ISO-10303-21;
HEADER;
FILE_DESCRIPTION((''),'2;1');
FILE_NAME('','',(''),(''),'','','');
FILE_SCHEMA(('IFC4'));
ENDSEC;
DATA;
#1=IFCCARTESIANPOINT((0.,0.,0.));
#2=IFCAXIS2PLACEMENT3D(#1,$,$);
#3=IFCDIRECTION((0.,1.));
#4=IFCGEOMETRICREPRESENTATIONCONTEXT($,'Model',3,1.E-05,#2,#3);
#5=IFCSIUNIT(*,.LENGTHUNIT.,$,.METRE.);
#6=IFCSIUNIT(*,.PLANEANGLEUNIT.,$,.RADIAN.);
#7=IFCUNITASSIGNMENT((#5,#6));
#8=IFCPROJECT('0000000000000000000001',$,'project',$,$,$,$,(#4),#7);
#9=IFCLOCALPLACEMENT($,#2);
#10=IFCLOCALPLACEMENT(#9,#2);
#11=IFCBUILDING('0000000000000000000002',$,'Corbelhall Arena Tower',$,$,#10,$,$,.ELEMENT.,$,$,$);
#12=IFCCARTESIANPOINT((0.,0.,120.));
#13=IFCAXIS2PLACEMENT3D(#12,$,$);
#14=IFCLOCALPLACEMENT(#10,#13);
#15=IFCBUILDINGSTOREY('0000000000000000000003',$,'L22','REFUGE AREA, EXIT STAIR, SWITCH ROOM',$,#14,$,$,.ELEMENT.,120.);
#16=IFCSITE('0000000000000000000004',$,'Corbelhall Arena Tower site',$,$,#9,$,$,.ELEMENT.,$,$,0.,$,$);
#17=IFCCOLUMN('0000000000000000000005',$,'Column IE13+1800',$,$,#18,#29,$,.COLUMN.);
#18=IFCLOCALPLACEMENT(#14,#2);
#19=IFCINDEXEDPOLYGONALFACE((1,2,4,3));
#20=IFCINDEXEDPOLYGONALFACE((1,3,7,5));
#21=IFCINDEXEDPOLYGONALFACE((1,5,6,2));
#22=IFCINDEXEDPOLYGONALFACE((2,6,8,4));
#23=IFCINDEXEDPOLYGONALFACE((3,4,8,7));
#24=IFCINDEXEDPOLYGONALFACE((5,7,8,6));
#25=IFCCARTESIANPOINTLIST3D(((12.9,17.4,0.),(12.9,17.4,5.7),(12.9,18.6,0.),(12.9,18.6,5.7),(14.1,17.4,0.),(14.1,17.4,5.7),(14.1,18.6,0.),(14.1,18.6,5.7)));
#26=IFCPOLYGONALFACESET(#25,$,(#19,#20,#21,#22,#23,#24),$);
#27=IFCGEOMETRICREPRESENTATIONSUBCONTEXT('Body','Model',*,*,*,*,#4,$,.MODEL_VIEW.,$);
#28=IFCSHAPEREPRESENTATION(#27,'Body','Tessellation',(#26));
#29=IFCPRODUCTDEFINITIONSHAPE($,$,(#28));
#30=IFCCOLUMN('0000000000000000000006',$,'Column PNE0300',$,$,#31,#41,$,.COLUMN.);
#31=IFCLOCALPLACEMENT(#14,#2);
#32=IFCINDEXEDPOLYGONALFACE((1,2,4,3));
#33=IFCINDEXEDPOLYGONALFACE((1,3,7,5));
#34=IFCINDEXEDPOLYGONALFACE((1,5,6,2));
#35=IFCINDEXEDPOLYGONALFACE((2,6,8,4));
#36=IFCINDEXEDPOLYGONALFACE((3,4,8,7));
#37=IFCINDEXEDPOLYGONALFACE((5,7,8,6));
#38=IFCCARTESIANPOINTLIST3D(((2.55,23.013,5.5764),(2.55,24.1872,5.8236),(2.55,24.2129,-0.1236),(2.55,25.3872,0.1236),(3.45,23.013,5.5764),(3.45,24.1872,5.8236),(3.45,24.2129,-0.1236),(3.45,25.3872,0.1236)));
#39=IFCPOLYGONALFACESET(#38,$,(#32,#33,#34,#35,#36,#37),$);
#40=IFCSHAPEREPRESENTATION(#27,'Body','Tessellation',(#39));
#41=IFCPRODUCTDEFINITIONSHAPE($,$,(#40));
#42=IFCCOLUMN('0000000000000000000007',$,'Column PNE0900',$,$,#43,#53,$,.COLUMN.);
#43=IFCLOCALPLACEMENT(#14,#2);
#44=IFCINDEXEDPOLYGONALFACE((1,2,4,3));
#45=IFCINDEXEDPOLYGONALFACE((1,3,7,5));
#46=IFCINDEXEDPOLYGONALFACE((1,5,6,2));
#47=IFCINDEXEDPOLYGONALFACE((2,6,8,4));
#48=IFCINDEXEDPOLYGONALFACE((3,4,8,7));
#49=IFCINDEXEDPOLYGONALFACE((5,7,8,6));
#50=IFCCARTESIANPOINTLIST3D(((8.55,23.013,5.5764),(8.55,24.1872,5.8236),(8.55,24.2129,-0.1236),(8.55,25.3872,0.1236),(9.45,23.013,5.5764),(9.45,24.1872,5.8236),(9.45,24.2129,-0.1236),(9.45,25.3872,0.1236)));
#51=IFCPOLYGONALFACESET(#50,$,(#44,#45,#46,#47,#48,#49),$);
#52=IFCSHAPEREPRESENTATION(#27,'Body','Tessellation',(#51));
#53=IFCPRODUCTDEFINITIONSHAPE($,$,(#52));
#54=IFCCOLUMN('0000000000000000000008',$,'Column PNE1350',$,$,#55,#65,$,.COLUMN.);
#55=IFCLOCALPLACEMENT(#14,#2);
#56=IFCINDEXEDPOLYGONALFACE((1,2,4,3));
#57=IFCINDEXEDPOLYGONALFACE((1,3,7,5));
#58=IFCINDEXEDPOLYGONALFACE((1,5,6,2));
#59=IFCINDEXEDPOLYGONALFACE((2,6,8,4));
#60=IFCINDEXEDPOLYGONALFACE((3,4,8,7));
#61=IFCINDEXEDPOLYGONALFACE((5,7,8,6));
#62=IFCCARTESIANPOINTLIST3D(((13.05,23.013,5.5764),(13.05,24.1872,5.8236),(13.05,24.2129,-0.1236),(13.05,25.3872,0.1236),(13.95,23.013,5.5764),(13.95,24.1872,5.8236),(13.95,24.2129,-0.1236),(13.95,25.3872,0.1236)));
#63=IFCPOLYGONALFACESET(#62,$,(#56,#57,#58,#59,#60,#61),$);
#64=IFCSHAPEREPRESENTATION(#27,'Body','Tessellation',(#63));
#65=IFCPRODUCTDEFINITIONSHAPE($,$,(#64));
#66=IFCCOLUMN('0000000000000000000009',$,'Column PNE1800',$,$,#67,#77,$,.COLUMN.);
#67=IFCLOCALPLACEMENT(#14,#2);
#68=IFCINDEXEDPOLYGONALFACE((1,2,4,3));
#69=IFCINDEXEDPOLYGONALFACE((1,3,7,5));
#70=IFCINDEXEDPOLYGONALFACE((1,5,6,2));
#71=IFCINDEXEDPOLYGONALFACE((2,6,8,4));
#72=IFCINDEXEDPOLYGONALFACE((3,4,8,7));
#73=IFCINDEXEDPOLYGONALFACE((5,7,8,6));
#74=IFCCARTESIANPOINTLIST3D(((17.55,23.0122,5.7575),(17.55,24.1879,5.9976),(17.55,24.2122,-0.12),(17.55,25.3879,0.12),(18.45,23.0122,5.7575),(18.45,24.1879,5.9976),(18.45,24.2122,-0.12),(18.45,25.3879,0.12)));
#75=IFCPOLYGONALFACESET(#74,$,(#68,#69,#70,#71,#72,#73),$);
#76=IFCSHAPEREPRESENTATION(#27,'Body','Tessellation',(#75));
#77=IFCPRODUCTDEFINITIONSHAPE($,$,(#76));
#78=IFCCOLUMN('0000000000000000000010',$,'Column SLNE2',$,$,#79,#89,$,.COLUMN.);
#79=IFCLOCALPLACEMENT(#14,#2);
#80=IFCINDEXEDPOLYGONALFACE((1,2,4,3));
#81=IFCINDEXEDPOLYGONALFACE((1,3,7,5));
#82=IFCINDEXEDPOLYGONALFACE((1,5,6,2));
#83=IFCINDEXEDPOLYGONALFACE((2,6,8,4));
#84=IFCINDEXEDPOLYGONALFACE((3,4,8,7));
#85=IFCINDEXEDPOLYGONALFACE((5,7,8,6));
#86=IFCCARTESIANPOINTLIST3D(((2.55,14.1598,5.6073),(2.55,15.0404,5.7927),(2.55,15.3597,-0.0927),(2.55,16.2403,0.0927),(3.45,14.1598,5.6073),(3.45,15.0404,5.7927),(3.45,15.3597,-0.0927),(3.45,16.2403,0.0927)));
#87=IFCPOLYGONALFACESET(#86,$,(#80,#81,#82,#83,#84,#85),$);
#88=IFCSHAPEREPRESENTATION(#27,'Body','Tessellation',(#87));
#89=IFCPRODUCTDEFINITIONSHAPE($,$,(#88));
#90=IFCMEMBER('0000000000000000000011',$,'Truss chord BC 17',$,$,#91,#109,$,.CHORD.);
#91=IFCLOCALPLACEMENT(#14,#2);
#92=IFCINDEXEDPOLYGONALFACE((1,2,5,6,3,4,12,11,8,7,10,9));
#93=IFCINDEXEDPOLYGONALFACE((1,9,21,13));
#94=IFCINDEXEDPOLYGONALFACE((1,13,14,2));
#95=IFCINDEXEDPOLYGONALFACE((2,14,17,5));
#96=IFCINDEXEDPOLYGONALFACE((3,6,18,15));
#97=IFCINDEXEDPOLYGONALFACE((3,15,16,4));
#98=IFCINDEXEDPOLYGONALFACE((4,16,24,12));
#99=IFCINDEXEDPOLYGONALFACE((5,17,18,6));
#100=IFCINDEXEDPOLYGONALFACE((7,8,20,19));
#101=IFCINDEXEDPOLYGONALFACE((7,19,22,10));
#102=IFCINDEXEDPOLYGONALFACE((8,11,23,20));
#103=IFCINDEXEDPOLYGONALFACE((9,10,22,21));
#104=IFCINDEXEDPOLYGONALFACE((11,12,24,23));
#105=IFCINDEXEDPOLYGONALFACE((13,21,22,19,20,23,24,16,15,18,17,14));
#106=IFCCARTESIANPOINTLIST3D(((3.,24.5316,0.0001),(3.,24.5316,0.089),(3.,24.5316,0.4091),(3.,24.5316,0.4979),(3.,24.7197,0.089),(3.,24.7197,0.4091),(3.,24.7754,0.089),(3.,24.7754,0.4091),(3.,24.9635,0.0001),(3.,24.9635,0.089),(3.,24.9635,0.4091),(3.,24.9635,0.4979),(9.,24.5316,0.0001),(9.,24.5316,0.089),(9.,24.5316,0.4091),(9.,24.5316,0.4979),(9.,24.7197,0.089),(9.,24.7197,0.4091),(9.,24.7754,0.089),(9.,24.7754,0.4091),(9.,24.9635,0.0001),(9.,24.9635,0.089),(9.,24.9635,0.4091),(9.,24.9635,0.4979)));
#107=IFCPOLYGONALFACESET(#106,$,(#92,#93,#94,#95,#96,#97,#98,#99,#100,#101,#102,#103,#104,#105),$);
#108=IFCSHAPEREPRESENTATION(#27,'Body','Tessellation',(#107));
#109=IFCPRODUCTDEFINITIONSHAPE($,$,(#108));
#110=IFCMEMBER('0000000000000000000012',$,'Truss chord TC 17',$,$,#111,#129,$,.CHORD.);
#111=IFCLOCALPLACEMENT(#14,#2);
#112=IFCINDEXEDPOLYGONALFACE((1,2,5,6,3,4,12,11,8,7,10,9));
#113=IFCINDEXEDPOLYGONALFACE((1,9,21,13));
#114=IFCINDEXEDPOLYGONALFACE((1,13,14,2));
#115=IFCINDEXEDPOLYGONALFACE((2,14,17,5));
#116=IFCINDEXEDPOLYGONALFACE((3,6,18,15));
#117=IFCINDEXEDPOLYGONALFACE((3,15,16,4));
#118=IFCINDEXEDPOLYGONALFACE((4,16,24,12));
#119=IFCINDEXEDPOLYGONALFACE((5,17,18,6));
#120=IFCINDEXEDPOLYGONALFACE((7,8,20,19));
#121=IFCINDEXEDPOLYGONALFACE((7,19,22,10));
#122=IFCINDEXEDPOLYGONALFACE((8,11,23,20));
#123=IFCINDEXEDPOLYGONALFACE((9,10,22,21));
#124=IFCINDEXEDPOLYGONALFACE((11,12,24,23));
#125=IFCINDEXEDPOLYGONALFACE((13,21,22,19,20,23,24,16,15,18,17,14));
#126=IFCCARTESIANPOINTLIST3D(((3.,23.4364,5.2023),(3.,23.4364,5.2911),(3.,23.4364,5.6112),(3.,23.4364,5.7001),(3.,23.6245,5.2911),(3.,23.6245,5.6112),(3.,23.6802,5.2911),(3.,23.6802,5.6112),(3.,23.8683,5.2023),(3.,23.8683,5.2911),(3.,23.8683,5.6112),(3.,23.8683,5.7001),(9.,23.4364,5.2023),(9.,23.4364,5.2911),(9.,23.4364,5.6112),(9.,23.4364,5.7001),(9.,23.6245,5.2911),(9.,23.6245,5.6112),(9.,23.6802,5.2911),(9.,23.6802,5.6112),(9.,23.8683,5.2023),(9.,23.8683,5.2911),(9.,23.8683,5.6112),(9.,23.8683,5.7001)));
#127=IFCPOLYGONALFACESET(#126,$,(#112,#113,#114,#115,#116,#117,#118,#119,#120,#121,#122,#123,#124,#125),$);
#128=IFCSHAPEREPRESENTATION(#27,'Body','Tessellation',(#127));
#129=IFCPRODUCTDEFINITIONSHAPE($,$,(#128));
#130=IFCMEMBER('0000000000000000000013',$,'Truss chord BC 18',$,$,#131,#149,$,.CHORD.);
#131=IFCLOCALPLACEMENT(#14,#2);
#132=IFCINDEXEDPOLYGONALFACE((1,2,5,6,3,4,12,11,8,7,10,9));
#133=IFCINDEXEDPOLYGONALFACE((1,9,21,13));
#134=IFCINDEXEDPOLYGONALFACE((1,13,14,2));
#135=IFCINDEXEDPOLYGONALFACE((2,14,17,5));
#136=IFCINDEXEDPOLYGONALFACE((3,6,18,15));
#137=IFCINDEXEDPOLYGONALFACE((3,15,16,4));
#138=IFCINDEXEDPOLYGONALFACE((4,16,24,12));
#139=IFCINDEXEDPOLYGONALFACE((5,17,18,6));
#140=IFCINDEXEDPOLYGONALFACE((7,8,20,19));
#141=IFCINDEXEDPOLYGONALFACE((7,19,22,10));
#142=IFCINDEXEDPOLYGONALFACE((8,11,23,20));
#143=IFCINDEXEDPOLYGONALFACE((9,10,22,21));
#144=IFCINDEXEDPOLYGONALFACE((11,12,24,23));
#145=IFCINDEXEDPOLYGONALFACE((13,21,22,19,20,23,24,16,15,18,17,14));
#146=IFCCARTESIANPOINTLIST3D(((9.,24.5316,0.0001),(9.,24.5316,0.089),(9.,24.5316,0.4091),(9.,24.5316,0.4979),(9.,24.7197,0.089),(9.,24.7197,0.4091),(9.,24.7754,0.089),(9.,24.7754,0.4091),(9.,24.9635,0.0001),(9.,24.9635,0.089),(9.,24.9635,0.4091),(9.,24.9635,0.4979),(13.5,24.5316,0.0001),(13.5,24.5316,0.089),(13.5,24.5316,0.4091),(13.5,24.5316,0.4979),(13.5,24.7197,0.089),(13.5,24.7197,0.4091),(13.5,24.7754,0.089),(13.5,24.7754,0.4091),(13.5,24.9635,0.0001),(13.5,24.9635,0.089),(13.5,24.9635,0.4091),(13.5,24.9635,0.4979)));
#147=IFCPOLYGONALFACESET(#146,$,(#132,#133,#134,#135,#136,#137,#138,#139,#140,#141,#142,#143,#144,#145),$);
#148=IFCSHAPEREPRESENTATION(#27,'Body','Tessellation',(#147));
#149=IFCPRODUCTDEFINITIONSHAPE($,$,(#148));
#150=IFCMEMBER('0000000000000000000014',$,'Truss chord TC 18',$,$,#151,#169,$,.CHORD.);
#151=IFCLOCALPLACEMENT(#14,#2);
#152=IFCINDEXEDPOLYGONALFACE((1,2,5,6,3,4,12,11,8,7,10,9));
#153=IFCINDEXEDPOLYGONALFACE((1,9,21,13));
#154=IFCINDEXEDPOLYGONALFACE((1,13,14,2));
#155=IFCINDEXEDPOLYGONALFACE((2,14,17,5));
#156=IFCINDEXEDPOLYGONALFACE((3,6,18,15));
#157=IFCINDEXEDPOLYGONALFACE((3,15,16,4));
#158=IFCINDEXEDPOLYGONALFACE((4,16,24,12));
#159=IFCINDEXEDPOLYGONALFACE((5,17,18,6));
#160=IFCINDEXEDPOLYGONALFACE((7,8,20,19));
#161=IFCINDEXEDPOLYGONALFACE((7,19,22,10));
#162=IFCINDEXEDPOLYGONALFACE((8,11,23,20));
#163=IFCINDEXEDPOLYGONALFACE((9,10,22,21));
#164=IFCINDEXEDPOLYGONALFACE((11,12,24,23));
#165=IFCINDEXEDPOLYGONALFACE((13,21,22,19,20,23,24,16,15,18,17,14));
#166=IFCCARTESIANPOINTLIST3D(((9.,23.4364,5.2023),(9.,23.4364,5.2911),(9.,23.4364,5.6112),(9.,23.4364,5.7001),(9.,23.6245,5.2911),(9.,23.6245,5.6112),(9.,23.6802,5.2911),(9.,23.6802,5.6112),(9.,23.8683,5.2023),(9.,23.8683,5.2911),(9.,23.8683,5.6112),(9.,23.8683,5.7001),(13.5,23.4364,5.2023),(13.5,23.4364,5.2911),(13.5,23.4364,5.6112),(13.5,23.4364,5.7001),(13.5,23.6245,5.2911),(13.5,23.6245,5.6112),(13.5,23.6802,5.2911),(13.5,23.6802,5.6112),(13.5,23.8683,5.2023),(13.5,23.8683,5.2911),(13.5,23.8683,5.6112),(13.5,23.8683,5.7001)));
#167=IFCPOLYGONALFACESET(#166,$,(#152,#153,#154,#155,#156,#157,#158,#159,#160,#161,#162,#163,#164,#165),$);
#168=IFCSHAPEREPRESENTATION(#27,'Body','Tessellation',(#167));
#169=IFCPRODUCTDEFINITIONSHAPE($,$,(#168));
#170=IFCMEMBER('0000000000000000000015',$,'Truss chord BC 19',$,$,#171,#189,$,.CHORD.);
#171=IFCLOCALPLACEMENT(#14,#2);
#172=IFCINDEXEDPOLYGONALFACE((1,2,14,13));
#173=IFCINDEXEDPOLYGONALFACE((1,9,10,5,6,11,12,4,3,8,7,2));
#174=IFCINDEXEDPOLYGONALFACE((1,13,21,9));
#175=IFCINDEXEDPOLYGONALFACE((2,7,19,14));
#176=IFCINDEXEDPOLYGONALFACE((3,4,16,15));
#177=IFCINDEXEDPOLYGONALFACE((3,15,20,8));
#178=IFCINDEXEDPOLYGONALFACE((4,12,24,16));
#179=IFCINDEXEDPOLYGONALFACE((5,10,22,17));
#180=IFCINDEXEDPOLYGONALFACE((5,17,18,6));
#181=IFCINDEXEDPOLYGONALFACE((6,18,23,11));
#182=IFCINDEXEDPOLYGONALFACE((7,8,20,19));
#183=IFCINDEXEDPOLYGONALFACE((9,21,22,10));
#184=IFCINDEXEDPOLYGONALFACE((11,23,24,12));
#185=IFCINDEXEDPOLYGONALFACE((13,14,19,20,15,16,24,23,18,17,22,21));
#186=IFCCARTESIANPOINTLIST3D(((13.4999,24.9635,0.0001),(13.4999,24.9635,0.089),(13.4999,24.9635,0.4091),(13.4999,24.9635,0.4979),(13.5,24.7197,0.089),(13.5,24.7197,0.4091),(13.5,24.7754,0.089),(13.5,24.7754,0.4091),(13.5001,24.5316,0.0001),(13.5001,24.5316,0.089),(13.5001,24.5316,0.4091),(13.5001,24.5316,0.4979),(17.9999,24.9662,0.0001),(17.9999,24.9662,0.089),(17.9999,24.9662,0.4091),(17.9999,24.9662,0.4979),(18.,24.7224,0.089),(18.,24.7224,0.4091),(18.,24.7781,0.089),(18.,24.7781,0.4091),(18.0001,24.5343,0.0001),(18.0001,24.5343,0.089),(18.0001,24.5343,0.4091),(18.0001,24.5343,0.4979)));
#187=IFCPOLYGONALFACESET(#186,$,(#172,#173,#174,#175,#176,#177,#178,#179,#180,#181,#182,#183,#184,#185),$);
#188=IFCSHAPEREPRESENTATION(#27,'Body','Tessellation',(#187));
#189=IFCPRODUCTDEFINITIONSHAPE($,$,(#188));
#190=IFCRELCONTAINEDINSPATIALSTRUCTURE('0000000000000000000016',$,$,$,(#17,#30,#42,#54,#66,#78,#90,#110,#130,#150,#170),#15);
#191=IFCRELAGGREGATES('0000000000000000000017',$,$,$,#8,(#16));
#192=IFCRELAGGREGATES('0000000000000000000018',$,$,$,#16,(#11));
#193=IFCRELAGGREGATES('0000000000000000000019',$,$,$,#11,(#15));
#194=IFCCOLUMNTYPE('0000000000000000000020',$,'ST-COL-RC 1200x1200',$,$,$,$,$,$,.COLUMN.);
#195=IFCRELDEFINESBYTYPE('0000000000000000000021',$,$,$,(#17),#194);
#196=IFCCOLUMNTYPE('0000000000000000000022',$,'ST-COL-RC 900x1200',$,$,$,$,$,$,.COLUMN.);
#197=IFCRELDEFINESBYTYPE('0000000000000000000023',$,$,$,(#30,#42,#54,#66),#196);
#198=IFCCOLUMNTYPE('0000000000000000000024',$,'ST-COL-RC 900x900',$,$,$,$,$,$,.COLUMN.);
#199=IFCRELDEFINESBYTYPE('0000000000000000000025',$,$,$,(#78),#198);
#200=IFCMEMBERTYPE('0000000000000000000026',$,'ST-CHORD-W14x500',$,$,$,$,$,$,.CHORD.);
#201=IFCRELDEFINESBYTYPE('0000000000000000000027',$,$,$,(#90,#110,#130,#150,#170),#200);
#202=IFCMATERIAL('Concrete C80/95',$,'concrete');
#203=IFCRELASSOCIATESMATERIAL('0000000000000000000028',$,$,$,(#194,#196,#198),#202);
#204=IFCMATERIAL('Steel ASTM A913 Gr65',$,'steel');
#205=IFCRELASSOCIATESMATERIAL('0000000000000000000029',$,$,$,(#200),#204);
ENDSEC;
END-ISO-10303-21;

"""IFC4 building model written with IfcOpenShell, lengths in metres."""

from ifc_helpers import new_model, si_unit, direction, frame, origin, origin_2d, place, context, subcontext, project, spatial, rectangle, i_section, extrude, material, material_profile, profile_set, type_object, element, save


model = new_model("IFC4")

# Units and contexts
model_context = context("Model", 3, precision=1e-05, world=origin(), true_north=direction((0.0, 1.0)))
body_context = subcontext(model_context, "Body", "Model", "MODEL_VIEW")
ifc_project = project(units=[si_unit("LENGTHUNIT", "METRE"), si_unit("PLANEANGLEUNIT", "RADIAN")], contexts=[model_context])

# Site, building, storey
site_placement = place(None, origin())
site = spatial("IfcSite", under=ifc_project, at=site_placement, Name="Corbelhall Arena Tower site", CompositionType="ELEMENT", RefElevation=0.0)
building_placement = place(site_placement, origin())
building = spatial("IfcBuilding", under=site, at=building_placement, Name="Corbelhall Arena Tower", CompositionType="ELEMENT")
storey_placement = place(building_placement, frame((0.0, 0.0, 120.0)))
storey = spatial("IfcBuildingStorey", under=building, at=storey_placement, Name="L22", Description="REFUGE AREA, EXIT STAIR, SWITCH ROOM", CompositionType="ELEMENT", Elevation=120.0)

# Columns
ifc_material_1 = material(Name="Concrete C80/95", Category="concrete")
ifc_material_profile_1 = material_profile(ifc_material_1, rectangle(XDim=1.2, YDim=1.2, at=origin_2d()))
ifc_profile_set_1 = profile_set([ifc_material_profile_1], Name="Concrete C80/95")
column_type_1 = type_object("IfcColumnType", Name="ST-COL-RC 1200x1200", PredefinedType="COLUMN", material=ifc_profile_set_1)
column_1_placement = place(storey_placement, frame((13.5, 18.0, 0.0), z_axis=(0.0, 0.0, 1.0), x_axis=(1.0, 0.0, 0.0)))
element("IfcColumn", 1, at=column_1_placement, inside=storey, type_object=column_type_1, Name="Column IE13+1800", PredefinedType="COLUMN", context=body_context, shape_type="SweptSolid", body=[
    extrude(rectangle(XDim=1.2, YDim=1.2, at=origin_2d()), origin(), (0.0, 0.0, 1.0), 5.7),
])
ifc_material_profile_2 = material_profile(ifc_material_1, rectangle(XDim=0.8999, YDim=1.2, at=origin_2d()))
ifc_profile_set_2 = profile_set([ifc_material_profile_2], Name="Concrete C80/95")
column_type_2 = type_object("IfcColumnType", Name="ST-COL-RC 900x1200", PredefinedType="COLUMN", material=ifc_profile_set_2)
for number, where, z_axis, x_axis, name in (
    (2, (3.0, 24.8, 0.0), (0.0, -0.206004, 0.978551), (1.0, 0.0, 0.0), "Column PNE0300"),
    (3, (9.0, 24.8, 0.0), (0.0, -0.206004, 0.978551), (1.0, 0.0, 0.0), "Column PNE0900"),
    (4, (13.5, 24.8, 0.0), (0.0, -0.206004, 0.978551), (1.0, 0.0, 0.0), "Column PNE1350"),
):
    element("IfcColumn", number, at=place(storey_placement, frame(where, z_axis=z_axis, x_axis=x_axis)), inside=storey, type_object=column_type_2, Name=name, PredefinedType="COLUMN", context=body_context, shape_type="SweptSolid", body=[
        extrude(rectangle(XDim=0.8999, YDim=1.2, at=origin_2d()), origin(), (0.0, 0.0, 1.0), 5.825),
    ])
column_2_placement = place(storey_placement, frame((18.0, 24.8, 0.0), z_axis=(0.0, -0.200036, 0.979789), x_axis=(1.0, 0.0, 0.0)))
element("IfcColumn", 5, at=column_2_placement, inside=storey, type_object=column_type_2, Name="Column PNE1800", PredefinedType="COLUMN", context=body_context, shape_type="SweptSolid", body=[
    extrude(rectangle(XDim=0.8999, YDim=1.2, at=origin_2d()), origin(), (0.0, 0.0, 1.0), 5.9988),
])
ifc_material_profile_3 = material_profile(ifc_material_1, rectangle(XDim=0.8999, YDim=0.8999, at=origin_2d()))
ifc_profile_set_3 = profile_set([ifc_material_profile_3], Name="Concrete C80/95")
column_type_3 = type_object("IfcColumnType", Name="ST-COL-RC 900x900", PredefinedType="COLUMN", material=ifc_profile_set_3)
column_3_placement = place(storey_placement, frame((3.0, 15.8, 0.0), z_axis=(0.0, -0.206004, 0.978551), x_axis=(1.0, 0.0, 0.0)))
element("IfcColumn", 6, at=column_3_placement, inside=storey, type_object=column_type_3, Name="Column SLNE2", PredefinedType="COLUMN", context=body_context, shape_type="SweptSolid", body=[
    extrude(rectangle(XDim=0.8999, YDim=0.8999, at=origin_2d()), origin(), (0.0, 0.0, 1.0), 5.825),
])

# Members
ifc_material_2 = material(Name="Steel ASTM A913 Gr65", Category="steel")
ifc_material_profile_4 = material_profile(ifc_material_2, i_section(OverallWidth=0.4319, OverallDepth=0.4978, WebThickness=0.0557, FlangeThickness=0.0889, at=origin_2d()))
ifc_profile_set_4 = profile_set([ifc_material_profile_4], Name="Steel ASTM A913 Gr65")
member_type_1 = type_object("IfcMemberType", Name="ST-CHORD-W14x500", PredefinedType="CHORD", material=ifc_profile_set_4)
for number, where, z_axis, x_axis, name in (
    (7, (3.0, 24.7476, 0.249), (1.0, 0.0, 0.0), (0.0, 1.0, 0.0), "Truss chord BC 17"),
    (8, (3.0, 23.6523, 5.4512), (1.0, 0.0, 0.0), (0.0, 1.0, 0.0), "Truss chord TC 17"),
):
    element("IfcMember", number, at=place(storey_placement, frame(where, z_axis=z_axis, x_axis=x_axis)), inside=storey, type_object=member_type_1, Name=name, PredefinedType="CHORD", context=body_context, shape_type="SweptSolid", body=[
        extrude(i_section(OverallWidth=0.4319, OverallDepth=0.4978, WebThickness=0.0557, FlangeThickness=0.0889, at=origin_2d()), origin(), (0.0, 0.0, 1.0), 6.0),
    ])
for number, where, z_axis, x_axis, name in (
    (9, (9.0, 24.7476, 0.249), (1.0, 0.0, 0.0), (0.0, 1.0, 0.0), "Truss chord BC 18"),
    (10, (9.0, 23.6523, 5.4512), (1.0, 0.0, 0.0), (0.0, 1.0, 0.0), "Truss chord TC 18"),
    (11, (13.5, 24.7476, 0.249), (1.0, 0.000597, 0.0), (-0.000597, 1.0, 0.0), "Truss chord BC 19"),
):
    element("IfcMember", number, at=place(storey_placement, frame(where, z_axis=z_axis, x_axis=x_axis)), inside=storey, type_object=member_type_1, Name=name, PredefinedType="CHORD", context=body_context, shape_type="SweptSolid", body=[
        extrude(i_section(OverallWidth=0.4319, OverallDepth=0.4978, WebThickness=0.0557, FlangeThickness=0.0889, at=origin_2d()), origin(), (0.0, 0.0, 1.0), 4.5),
    ])

save(model, "model.ifc")
